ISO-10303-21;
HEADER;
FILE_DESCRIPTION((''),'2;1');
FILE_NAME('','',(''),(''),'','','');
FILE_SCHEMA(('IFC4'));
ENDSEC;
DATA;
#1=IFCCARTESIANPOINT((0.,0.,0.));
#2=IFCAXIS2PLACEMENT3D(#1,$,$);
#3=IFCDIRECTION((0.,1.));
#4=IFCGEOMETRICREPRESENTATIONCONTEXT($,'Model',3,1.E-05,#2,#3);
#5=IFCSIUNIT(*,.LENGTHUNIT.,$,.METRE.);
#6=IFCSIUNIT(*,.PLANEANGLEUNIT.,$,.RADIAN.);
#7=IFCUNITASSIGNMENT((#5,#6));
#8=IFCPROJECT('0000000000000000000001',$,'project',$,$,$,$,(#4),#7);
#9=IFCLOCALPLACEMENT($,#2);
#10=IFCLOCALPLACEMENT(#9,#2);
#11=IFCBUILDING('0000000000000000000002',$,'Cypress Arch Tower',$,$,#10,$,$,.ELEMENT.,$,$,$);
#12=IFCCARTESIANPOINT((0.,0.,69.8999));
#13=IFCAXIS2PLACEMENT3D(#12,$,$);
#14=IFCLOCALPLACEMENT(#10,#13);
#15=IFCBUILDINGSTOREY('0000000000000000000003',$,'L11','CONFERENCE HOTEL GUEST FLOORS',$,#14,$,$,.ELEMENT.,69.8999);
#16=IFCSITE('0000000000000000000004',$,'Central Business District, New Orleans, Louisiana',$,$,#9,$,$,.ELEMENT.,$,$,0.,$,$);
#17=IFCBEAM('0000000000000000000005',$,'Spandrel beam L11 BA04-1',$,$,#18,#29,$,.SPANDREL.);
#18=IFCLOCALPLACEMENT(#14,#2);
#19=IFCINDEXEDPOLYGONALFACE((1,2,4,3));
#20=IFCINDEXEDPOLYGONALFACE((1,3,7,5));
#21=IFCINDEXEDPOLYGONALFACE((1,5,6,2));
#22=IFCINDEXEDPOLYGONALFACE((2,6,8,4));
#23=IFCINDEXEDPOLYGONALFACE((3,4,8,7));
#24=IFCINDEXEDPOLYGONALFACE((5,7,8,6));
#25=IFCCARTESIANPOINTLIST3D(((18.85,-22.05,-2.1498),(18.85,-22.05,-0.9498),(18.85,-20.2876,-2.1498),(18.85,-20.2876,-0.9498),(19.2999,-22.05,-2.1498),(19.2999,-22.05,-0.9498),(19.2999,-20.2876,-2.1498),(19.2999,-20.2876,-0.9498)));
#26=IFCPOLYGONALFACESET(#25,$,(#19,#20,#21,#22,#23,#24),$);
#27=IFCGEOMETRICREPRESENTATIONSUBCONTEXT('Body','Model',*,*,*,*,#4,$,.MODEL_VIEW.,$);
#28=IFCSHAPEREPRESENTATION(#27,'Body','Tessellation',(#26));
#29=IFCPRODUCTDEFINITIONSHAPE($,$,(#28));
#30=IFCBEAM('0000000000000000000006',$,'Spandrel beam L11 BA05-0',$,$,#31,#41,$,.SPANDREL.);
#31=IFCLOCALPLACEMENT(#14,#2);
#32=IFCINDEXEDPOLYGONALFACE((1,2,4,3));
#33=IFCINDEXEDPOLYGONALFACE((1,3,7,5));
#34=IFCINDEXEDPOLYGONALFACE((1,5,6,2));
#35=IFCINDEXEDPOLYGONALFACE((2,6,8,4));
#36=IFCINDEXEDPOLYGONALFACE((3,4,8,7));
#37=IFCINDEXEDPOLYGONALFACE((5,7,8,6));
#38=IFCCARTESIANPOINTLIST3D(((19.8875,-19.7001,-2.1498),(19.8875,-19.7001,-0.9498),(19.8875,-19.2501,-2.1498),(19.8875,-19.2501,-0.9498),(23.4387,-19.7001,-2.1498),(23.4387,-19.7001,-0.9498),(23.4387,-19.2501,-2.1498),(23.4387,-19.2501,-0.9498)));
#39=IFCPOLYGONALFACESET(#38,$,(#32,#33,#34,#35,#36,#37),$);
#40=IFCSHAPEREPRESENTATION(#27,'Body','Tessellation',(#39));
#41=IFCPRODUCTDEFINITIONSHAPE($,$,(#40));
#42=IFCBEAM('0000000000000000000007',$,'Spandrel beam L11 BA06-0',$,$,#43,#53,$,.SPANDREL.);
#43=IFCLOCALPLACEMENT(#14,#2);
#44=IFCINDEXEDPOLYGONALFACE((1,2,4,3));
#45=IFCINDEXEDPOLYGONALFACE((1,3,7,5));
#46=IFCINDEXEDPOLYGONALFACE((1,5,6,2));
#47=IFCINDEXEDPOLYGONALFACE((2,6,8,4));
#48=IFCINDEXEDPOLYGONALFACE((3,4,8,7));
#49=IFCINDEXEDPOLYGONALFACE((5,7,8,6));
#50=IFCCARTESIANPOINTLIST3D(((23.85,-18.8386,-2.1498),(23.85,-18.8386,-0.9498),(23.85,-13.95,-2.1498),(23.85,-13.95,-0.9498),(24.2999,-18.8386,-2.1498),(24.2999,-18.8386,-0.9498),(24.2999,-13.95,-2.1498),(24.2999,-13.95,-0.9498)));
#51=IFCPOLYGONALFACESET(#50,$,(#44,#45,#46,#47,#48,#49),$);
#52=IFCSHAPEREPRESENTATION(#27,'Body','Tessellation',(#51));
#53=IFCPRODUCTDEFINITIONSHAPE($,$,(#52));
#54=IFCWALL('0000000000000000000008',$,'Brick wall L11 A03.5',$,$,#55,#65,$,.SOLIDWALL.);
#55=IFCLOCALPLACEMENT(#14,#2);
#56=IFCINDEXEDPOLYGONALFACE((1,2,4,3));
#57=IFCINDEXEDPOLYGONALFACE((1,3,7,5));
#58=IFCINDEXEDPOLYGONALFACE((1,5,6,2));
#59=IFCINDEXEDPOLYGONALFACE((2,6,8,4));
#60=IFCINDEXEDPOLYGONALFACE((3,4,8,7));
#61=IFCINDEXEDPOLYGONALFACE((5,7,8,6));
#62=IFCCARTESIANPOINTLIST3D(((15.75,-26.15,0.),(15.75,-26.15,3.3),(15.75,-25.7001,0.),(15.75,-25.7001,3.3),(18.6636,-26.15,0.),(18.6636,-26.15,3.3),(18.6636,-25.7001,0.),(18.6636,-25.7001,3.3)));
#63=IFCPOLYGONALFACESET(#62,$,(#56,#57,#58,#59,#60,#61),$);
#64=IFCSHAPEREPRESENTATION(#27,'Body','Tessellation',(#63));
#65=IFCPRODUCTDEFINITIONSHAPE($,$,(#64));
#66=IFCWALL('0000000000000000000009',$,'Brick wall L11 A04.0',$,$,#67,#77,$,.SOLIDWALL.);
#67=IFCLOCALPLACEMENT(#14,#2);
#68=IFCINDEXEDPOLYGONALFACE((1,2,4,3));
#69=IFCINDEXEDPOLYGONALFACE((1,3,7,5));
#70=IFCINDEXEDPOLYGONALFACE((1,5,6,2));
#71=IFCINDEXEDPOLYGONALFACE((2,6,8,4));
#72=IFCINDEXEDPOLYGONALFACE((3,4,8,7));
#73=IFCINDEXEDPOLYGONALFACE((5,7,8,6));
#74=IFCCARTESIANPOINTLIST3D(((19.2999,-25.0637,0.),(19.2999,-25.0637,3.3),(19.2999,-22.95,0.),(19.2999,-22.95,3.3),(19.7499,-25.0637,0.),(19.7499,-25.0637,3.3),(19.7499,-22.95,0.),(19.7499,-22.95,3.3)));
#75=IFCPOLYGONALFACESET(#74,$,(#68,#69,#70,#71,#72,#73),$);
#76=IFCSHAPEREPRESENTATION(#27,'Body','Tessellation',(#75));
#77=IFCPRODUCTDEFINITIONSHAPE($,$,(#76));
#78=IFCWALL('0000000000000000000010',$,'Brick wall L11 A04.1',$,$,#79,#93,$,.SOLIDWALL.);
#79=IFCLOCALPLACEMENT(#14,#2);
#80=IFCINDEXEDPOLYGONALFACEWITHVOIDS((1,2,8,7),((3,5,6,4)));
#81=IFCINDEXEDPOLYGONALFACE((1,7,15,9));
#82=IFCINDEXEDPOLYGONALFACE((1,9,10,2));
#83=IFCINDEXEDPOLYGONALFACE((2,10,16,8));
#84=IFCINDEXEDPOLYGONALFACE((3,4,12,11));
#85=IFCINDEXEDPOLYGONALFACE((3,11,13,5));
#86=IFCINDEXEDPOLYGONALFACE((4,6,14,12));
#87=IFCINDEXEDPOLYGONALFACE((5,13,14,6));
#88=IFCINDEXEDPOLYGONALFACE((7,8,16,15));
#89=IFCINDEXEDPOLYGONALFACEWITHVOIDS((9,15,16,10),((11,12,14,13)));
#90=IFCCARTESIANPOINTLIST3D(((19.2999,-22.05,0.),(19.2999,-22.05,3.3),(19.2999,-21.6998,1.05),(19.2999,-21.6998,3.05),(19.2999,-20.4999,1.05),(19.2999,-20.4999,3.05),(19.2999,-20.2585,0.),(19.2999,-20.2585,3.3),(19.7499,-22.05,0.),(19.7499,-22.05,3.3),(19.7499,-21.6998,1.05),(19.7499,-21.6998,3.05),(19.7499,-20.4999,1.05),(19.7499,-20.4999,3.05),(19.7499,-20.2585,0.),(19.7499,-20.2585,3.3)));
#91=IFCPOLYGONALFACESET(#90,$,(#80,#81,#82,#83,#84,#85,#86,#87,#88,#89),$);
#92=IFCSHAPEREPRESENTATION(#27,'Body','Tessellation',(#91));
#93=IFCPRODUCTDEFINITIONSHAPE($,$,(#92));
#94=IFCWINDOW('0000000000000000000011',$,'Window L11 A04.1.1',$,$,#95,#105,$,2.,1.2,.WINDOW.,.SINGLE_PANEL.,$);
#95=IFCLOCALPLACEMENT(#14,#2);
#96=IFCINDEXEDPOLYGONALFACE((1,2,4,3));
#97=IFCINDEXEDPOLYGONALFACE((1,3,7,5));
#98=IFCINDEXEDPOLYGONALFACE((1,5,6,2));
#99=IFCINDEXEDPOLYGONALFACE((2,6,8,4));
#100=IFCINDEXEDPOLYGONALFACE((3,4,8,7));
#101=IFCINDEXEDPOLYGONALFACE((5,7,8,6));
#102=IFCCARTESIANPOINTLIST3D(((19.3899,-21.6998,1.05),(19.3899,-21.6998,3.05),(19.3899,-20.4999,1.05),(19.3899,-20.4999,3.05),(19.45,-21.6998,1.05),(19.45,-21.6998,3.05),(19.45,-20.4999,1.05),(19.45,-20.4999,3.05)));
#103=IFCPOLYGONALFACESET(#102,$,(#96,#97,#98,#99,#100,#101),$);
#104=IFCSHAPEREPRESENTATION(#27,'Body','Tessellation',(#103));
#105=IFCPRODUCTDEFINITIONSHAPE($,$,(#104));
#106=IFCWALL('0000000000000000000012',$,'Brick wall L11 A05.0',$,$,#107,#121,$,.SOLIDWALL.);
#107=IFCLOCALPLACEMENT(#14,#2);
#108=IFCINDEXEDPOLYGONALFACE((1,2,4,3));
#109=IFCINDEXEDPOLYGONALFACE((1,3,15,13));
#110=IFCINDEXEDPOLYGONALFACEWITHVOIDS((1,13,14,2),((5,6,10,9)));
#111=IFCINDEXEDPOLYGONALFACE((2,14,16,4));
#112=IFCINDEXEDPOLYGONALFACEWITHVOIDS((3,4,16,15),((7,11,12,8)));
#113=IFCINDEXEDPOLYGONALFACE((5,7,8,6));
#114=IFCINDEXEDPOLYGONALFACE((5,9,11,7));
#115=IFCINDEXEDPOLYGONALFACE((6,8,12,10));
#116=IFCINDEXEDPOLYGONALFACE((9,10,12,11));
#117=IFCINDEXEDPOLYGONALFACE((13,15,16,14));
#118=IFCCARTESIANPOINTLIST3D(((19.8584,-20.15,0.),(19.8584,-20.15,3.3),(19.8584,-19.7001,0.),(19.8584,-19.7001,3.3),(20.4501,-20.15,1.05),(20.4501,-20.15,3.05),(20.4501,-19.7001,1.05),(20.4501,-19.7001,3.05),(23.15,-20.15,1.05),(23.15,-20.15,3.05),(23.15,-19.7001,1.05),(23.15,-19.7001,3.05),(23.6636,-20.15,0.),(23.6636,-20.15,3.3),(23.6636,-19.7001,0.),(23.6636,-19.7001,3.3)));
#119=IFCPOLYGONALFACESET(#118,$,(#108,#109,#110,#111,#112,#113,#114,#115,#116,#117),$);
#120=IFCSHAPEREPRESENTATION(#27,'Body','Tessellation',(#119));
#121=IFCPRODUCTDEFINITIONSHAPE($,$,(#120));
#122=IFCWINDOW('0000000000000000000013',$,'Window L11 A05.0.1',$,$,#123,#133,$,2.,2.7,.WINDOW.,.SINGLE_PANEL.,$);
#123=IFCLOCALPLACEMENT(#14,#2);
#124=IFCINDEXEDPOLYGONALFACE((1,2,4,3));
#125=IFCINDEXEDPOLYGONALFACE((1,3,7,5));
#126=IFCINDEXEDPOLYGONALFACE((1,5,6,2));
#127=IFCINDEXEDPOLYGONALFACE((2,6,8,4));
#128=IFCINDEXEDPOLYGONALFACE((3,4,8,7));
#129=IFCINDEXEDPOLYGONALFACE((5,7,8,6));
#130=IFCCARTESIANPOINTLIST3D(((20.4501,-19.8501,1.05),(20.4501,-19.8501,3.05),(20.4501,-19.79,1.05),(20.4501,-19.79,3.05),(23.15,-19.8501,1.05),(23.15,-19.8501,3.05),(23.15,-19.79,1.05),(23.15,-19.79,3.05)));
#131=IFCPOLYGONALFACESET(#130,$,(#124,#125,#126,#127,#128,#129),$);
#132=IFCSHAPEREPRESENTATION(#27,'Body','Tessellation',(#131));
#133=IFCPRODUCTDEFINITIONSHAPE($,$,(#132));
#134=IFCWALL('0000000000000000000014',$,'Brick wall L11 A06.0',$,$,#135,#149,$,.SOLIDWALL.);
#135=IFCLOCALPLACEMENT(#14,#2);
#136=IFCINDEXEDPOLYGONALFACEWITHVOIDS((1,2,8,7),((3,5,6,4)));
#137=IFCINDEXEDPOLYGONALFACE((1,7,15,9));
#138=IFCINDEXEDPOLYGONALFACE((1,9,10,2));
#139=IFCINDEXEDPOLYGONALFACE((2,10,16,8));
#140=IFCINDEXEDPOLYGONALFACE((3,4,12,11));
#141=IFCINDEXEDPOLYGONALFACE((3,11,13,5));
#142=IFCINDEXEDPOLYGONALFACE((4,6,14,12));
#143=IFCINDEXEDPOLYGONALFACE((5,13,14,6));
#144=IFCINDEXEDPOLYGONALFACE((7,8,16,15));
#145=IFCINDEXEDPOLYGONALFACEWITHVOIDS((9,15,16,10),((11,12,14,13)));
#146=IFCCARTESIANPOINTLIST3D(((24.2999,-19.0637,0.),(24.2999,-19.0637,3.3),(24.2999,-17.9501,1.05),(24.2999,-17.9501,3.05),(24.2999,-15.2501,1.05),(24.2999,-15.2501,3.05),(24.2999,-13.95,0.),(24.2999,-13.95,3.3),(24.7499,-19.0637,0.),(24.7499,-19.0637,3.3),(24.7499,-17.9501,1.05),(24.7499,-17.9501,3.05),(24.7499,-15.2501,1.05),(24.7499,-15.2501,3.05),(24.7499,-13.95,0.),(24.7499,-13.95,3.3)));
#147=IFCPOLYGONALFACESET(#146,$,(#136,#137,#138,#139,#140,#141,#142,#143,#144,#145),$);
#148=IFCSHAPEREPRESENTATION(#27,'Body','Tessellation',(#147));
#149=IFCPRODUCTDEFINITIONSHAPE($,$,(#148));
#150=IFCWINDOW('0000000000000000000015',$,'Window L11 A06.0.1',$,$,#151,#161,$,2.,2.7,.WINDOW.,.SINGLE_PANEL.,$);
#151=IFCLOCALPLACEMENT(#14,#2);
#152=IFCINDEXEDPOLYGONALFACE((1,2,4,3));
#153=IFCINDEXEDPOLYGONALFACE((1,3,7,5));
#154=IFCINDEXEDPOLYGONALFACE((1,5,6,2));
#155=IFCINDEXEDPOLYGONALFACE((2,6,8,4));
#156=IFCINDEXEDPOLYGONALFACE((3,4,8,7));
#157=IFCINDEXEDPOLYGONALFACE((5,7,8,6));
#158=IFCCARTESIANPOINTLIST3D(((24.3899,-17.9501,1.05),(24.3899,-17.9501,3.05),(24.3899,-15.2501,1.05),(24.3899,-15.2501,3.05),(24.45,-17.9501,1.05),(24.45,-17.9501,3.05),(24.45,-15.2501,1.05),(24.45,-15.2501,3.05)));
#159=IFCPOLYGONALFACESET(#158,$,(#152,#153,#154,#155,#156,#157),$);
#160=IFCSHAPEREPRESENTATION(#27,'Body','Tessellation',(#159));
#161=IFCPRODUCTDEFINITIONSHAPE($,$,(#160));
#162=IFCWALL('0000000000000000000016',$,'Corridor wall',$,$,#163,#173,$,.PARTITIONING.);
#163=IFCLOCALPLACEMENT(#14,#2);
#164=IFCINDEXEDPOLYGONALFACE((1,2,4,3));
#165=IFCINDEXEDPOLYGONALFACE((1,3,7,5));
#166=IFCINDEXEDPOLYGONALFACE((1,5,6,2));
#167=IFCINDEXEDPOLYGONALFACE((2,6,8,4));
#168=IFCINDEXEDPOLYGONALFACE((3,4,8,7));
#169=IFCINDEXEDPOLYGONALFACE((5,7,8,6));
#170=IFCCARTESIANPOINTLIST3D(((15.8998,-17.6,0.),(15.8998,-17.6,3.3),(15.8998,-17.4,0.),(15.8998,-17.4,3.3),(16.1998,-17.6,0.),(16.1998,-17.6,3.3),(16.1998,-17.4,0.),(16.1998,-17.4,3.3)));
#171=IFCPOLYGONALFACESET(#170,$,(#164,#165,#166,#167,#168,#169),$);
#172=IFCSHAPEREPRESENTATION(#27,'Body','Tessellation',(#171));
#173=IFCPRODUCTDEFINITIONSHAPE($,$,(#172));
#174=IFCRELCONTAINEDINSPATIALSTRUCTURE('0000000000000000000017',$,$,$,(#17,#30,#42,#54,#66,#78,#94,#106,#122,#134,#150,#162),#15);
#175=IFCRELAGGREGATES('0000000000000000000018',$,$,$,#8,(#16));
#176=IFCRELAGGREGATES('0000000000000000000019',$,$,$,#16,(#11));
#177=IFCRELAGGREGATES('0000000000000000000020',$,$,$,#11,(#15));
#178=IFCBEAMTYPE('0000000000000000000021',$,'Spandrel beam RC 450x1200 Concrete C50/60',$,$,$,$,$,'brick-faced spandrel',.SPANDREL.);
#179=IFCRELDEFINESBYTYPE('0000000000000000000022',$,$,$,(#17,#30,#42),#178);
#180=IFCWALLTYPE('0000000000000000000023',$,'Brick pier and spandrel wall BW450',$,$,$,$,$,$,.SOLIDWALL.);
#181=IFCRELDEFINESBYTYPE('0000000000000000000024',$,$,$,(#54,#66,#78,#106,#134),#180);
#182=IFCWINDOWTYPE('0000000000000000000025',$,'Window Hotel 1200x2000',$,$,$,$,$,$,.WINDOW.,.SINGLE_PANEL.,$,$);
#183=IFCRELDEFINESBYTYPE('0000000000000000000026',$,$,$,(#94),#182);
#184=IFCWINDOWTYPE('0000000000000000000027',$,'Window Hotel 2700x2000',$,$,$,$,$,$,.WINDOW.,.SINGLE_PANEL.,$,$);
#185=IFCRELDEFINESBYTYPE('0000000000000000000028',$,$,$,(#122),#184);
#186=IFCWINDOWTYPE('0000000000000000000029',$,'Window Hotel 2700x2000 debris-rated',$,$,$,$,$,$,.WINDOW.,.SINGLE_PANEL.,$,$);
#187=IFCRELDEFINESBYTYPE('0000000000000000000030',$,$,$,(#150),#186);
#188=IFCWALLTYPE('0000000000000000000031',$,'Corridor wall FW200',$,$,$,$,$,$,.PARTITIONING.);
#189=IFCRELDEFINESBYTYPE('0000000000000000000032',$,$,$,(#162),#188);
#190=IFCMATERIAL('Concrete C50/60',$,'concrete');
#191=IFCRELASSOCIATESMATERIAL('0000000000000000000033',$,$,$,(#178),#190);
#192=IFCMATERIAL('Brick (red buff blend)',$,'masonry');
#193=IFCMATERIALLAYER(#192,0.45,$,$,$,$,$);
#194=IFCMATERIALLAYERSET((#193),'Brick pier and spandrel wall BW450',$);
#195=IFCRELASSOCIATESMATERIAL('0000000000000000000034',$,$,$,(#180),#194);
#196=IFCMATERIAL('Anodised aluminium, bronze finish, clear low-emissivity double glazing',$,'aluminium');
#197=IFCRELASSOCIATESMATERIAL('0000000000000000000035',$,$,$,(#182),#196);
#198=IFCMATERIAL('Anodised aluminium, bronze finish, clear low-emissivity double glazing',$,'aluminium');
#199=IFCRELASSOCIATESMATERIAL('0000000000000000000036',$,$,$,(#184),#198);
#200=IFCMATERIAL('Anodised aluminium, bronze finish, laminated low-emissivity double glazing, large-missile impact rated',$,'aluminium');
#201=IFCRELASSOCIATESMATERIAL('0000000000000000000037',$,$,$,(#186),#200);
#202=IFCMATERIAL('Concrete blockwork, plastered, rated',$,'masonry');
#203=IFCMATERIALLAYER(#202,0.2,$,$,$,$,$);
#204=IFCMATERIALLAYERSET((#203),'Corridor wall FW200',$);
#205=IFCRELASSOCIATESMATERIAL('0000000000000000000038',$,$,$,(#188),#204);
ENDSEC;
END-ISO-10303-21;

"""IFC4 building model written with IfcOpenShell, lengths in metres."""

from ifc_helpers import new_model, si_unit, direction, frame, frame_2d, origin, origin_2d, place, context, subcontext, project, spatial, rectangle, extrude, material, layer, layer_set, material_profile, profile_set, type_object, element, fill, save


model = new_model("IFC4")

# Units and contexts
model_context = context("Model", 3, precision=1e-05, world=origin(), true_north=direction((0.0, 1.0)))
body_context = subcontext(model_context, "Body", "Model", "MODEL_VIEW")
ifc_project = project(units=[si_unit("LENGTHUNIT", "METRE"), si_unit("PLANEANGLEUNIT", "RADIAN")], contexts=[model_context])

# Site, building, storey
site_placement = place(None, origin())
site = spatial("IfcSite", under=ifc_project, at=site_placement, Name="Central Business District, New Orleans, Louisiana", CompositionType="ELEMENT", RefElevation=0.0)
building_placement = place(site_placement, origin())
building = spatial("IfcBuilding", under=site, at=building_placement, Name="Cypress Arch Tower", CompositionType="ELEMENT")
storey_placement = place(building_placement, frame((0.0, 0.0, 69.8999)))
storey = spatial("IfcBuildingStorey", under=building, at=storey_placement, Name="L11", Description="CONFERENCE HOTEL GUEST FLOORS", CompositionType="ELEMENT", Elevation=69.8999)

# Beams
ifc_material_1 = material(Name="Concrete C50/60", Category="concrete")
ifc_material_profile_1 = material_profile(ifc_material_1, rectangle(XDim=0.45, YDim=1.2, at=origin_2d()), Name="RC 450x1200")
ifc_profile_set_1 = profile_set([ifc_material_profile_1], Name="Concrete C50/60")
beam_type_1 = type_object("IfcBeamType", Name="Spandrel beam RC 450x1200 Concrete C50/60", ElementType="brick-faced spandrel", PredefinedType="SPANDREL", material=ifc_profile_set_1)
beam_1_placement = place(storey_placement, frame((19.075, -22.05, -1.5498), z_axis=(0.0, 1.0, 0.0), x_axis=(-1.0, 0.0, 0.0)))
element("IfcBeam", 1, at=beam_1_placement, inside=storey, type_object=beam_type_1, Name="Spandrel beam L11 BA04-1", PredefinedType="SPANDREL", context=body_context, shape_type="SweptSolid", body=[
    extrude(rectangle(XDim=0.45, YDim=1.2, at=origin_2d()), origin(), (0.0, 0.0, 1.0), 1.7625),
])
beam_2_placement = place(storey_placement, frame((19.8875, -19.4751, -1.5498), z_axis=(1.0, 0.0, 0.0), x_axis=(0.0, 1.0, 0.0)))
element("IfcBeam", 2, at=beam_2_placement, inside=storey, type_object=beam_type_1, Name="Spandrel beam L11 BA05-0", PredefinedType="SPANDREL", context=body_context, shape_type="SweptSolid", body=[
    extrude(rectangle(XDim=0.45, YDim=1.2, at=origin_2d()), origin(), (0.0, 0.0, 1.0), 3.5513),
])
beam_3_placement = place(storey_placement, frame((24.075, -18.8386, -1.5498), z_axis=(0.0, 1.0, 0.0), x_axis=(-1.0, 0.0, 0.0)))
element("IfcBeam", 3, at=beam_3_placement, inside=storey, type_object=beam_type_1, Name="Spandrel beam L11 BA06-0", PredefinedType="SPANDREL", context=body_context, shape_type="SweptSolid", body=[
    extrude(rectangle(XDim=0.45, YDim=1.2, at=origin_2d()), origin(), (0.0, 0.0, 1.0), 4.8887),
])

# Walls
ifc_material_2 = material(Name="Brick (red buff blend)", Category="masonry")
ifc_layer_1 = layer(ifc_material_2, 0.45)
ifc_layer_set_1 = layer_set([ifc_layer_1], Name="Brick pier and spandrel wall BW450")
wall_type_1 = type_object("IfcWallType", Name="Brick pier and spandrel wall BW450", PredefinedType="SOLIDWALL", material=ifc_layer_set_1)
wall_1_placement = place(storey_placement, frame((15.75, -25.925, 0.0), z_axis=(0.0, 0.0, 1.0), x_axis=(1.0, 0.0, 0.0)))
element("IfcWall", 4, at=wall_1_placement, inside=storey, type_object=wall_type_1, Name="Brick wall L11 A03.5", PredefinedType="SOLIDWALL", context=body_context, shape_type="SweptSolid", body=[
    extrude(rectangle(XDim=2.9136, YDim=0.45, at=frame_2d((1.4568, 0.0))), origin(), (0.0, 0.0, 1.0), 3.3),
])
wall_2_placement = place(storey_placement, frame((19.5249, -25.0637, 0.0), z_axis=(0.0, 0.0, 1.0), x_axis=(0.0, 1.0, 0.0)))
element("IfcWall", 5, at=wall_2_placement, inside=storey, type_object=wall_type_1, Name="Brick wall L11 A04.0", PredefinedType="SOLIDWALL", context=body_context, shape_type="SweptSolid", body=[
    extrude(rectangle(XDim=2.1138, YDim=0.45, at=frame_2d((1.0569, 0.0))), origin(), (0.0, 0.0, 1.0), 3.3),
])

# Walls, openings, windows
wall_3_placement = place(storey_placement, frame((19.5249, -22.05, 0.0), z_axis=(0.0, 0.0, 1.0), x_axis=(0.0, 1.0, 0.0)))
wall_3 = element("IfcWall", 6, at=wall_3_placement, inside=storey, type_object=wall_type_1, Name="Brick wall L11 A04.1", PredefinedType="SOLIDWALL", context=body_context, shape_type="SweptSolid", body=[
    extrude(rectangle(XDim=1.7915, YDim=0.45, at=frame_2d((0.8958, 0.0))), origin(), (0.0, 0.0, 1.0), 3.3),
])
opening_1_placement = place(wall_3_placement, frame((0.3501, 0.0, 1.05)))
opening_1 = element("IfcOpeningElement", 7, at=opening_1_placement, cuts=wall_3, PredefinedType="OPENING", context=body_context, shape_type="SweptSolid", body=[
    extrude(rectangle(XDim=1.2, YDim=2.0, at=frame_2d((0.6001, 1.0))), frame((0.0, 0.2349, 0.0), z_axis=(0.0, -1.0, 0.0), x_axis=(1.0, 0.0, 0.0)), (0.0, 0.0, 1.0), 0.47),
])
ifc_material_3 = material(Name="Anodised aluminium, bronze finish, clear low-emissivity double glazing", Category="aluminium")
window_type_1 = type_object("IfcWindowType", Name="Window Hotel 1200x2000", PartitioningType="SINGLE_PANEL", PredefinedType="WINDOW", material=ifc_material_3)
window_1_placement = place(opening_1_placement, origin())
window_1 = element("IfcWindow", 8, at=window_1_placement, inside=storey, type_object=window_type_1, Name="Window L11 A04.1.1", OverallHeight=2.0, OverallWidth=1.2, PartitioningType="SINGLE_PANEL", PredefinedType="WINDOW", context=body_context, shape_type="SweptSolid", body=[
    extrude(rectangle(XDim=1.2, YDim=2.0, at=frame_2d((0.6001, 1.0))), frame((0.0, 0.135, 0.0), z_axis=(0.0, -1.0, 0.0), x_axis=(1.0, 0.0, 0.0)), (0.0, 0.0, 1.0), 0.0601),
])
fill(opening_1, window_1)
wall_4_placement = place(storey_placement, frame((19.8584, -19.925, 0.0), z_axis=(0.0, 0.0, 1.0), x_axis=(1.0, 0.0, 0.0)))
wall_4 = element("IfcWall", 9, at=wall_4_placement, inside=storey, type_object=wall_type_1, Name="Brick wall L11 A05.0", PredefinedType="SOLIDWALL", context=body_context, shape_type="SweptSolid", body=[
    extrude(rectangle(XDim=3.8052, YDim=0.45, at=frame_2d((1.9026, 0.0))), origin(), (0.0, 0.0, 1.0), 3.3),
])
opening_2_placement = place(wall_4_placement, frame((0.5916, 0.0, 1.05)))
opening_2 = element("IfcOpeningElement", 10, at=opening_2_placement, cuts=wall_4, PredefinedType="OPENING", context=body_context, shape_type="SweptSolid", body=[
    extrude(rectangle(XDim=2.7, YDim=2.0, at=frame_2d((1.3501, 1.0))), frame((0.0, 0.2349, 0.0), z_axis=(0.0, -1.0, 0.0), x_axis=(1.0, 0.0, 0.0)), (0.0, 0.0, 1.0), 0.47),
])
ifc_material_4 = material(Name="Anodised aluminium, bronze finish, clear low-emissivity double glazing", Category="aluminium")
window_type_2 = type_object("IfcWindowType", Name="Window Hotel 2700x2000", PartitioningType="SINGLE_PANEL", PredefinedType="WINDOW", material=ifc_material_4)
window_2_placement = place(opening_2_placement, origin())
window_2 = element("IfcWindow", 11, at=window_2_placement, inside=storey, type_object=window_type_2, Name="Window L11 A05.0.1", OverallHeight=2.0, OverallWidth=2.7, PartitioningType="SINGLE_PANEL", PredefinedType="WINDOW", context=body_context, shape_type="SweptSolid", body=[
    extrude(rectangle(XDim=2.7, YDim=2.0, at=frame_2d((1.3501, 1.0))), frame((0.0, 0.135, 0.0), z_axis=(0.0, -1.0, 0.0), x_axis=(1.0, 0.0, 0.0)), (0.0, 0.0, 1.0), 0.0601),
])
fill(opening_2, window_2)
wall_5_placement = place(storey_placement, frame((24.5249, -19.0637, 0.0), z_axis=(0.0, 0.0, 1.0), x_axis=(0.0, 1.0, 0.0)))
wall_5 = element("IfcWall", 12, at=wall_5_placement, inside=storey, type_object=wall_type_1, Name="Brick wall L11 A06.0", PredefinedType="SOLIDWALL", context=body_context, shape_type="SweptSolid", body=[
    extrude(rectangle(XDim=5.1138, YDim=0.45, at=frame_2d((2.5569, 0.0))), origin(), (0.0, 0.0, 1.0), 3.3),
])
opening_3_placement = place(wall_5_placement, frame((1.1135, 0.0, 1.05)))
opening_3 = element("IfcOpeningElement", 13, at=opening_3_placement, cuts=wall_5, PredefinedType="OPENING", context=body_context, shape_type="SweptSolid", body=[
    extrude(rectangle(XDim=2.7, YDim=2.0, at=frame_2d((1.3501, 1.0))), frame((0.0, 0.2349, 0.0), z_axis=(0.0, -1.0, 0.0), x_axis=(1.0, 0.0, 0.0)), (0.0, 0.0, 1.0), 0.47),
])
ifc_material_5 = material(Name="Anodised aluminium, bronze finish, laminated low-emissivity double glazing, large-missile impact rated", Category="aluminium")
window_type_3 = type_object("IfcWindowType", Name="Window Hotel 2700x2000 debris-rated", PartitioningType="SINGLE_PANEL", PredefinedType="WINDOW", material=ifc_material_5)
window_3_placement = place(opening_3_placement, origin())
window_3 = element("IfcWindow", 14, at=window_3_placement, inside=storey, type_object=window_type_3, Name="Window L11 A06.0.1", OverallHeight=2.0, OverallWidth=2.7, PartitioningType="SINGLE_PANEL", PredefinedType="WINDOW", context=body_context, shape_type="SweptSolid", body=[
    extrude(rectangle(XDim=2.7, YDim=2.0, at=frame_2d((1.3501, 1.0))), frame((0.0, 0.135, 0.0), z_axis=(0.0, -1.0, 0.0), x_axis=(1.0, 0.0, 0.0)), (0.0, 0.0, 1.0), 0.0601),
])
fill(opening_3, window_3)

# Wall
ifc_material_6 = material(Name="Concrete blockwork, plastered, rated", Category="masonry")
ifc_layer_2 = layer(ifc_material_6, 0.2)
ifc_layer_set_2 = layer_set([ifc_layer_2], Name="Corridor wall FW200")
wall_type_2 = type_object("IfcWallType", Name="Corridor wall FW200", PredefinedType="PARTITIONING", material=ifc_layer_set_2)
wall_6_placement = place(storey_placement, frame((15.8999, -17.5, 0.0), z_axis=(0.0, 0.0, 1.0), x_axis=(1.0, 0.0, 0.0)))
element("IfcWall", 15, at=wall_6_placement, inside=storey, type_object=wall_type_2, Name="Corridor wall", PredefinedType="PARTITIONING", context=body_context, shape_type="SweptSolid", body=[
    extrude(rectangle(XDim=0.3, YDim=0.2, at=frame_2d((0.1499, 0.0))), origin(), (0.0, 0.0, 1.0), 3.3),
])

save(model, "model.ifc")
